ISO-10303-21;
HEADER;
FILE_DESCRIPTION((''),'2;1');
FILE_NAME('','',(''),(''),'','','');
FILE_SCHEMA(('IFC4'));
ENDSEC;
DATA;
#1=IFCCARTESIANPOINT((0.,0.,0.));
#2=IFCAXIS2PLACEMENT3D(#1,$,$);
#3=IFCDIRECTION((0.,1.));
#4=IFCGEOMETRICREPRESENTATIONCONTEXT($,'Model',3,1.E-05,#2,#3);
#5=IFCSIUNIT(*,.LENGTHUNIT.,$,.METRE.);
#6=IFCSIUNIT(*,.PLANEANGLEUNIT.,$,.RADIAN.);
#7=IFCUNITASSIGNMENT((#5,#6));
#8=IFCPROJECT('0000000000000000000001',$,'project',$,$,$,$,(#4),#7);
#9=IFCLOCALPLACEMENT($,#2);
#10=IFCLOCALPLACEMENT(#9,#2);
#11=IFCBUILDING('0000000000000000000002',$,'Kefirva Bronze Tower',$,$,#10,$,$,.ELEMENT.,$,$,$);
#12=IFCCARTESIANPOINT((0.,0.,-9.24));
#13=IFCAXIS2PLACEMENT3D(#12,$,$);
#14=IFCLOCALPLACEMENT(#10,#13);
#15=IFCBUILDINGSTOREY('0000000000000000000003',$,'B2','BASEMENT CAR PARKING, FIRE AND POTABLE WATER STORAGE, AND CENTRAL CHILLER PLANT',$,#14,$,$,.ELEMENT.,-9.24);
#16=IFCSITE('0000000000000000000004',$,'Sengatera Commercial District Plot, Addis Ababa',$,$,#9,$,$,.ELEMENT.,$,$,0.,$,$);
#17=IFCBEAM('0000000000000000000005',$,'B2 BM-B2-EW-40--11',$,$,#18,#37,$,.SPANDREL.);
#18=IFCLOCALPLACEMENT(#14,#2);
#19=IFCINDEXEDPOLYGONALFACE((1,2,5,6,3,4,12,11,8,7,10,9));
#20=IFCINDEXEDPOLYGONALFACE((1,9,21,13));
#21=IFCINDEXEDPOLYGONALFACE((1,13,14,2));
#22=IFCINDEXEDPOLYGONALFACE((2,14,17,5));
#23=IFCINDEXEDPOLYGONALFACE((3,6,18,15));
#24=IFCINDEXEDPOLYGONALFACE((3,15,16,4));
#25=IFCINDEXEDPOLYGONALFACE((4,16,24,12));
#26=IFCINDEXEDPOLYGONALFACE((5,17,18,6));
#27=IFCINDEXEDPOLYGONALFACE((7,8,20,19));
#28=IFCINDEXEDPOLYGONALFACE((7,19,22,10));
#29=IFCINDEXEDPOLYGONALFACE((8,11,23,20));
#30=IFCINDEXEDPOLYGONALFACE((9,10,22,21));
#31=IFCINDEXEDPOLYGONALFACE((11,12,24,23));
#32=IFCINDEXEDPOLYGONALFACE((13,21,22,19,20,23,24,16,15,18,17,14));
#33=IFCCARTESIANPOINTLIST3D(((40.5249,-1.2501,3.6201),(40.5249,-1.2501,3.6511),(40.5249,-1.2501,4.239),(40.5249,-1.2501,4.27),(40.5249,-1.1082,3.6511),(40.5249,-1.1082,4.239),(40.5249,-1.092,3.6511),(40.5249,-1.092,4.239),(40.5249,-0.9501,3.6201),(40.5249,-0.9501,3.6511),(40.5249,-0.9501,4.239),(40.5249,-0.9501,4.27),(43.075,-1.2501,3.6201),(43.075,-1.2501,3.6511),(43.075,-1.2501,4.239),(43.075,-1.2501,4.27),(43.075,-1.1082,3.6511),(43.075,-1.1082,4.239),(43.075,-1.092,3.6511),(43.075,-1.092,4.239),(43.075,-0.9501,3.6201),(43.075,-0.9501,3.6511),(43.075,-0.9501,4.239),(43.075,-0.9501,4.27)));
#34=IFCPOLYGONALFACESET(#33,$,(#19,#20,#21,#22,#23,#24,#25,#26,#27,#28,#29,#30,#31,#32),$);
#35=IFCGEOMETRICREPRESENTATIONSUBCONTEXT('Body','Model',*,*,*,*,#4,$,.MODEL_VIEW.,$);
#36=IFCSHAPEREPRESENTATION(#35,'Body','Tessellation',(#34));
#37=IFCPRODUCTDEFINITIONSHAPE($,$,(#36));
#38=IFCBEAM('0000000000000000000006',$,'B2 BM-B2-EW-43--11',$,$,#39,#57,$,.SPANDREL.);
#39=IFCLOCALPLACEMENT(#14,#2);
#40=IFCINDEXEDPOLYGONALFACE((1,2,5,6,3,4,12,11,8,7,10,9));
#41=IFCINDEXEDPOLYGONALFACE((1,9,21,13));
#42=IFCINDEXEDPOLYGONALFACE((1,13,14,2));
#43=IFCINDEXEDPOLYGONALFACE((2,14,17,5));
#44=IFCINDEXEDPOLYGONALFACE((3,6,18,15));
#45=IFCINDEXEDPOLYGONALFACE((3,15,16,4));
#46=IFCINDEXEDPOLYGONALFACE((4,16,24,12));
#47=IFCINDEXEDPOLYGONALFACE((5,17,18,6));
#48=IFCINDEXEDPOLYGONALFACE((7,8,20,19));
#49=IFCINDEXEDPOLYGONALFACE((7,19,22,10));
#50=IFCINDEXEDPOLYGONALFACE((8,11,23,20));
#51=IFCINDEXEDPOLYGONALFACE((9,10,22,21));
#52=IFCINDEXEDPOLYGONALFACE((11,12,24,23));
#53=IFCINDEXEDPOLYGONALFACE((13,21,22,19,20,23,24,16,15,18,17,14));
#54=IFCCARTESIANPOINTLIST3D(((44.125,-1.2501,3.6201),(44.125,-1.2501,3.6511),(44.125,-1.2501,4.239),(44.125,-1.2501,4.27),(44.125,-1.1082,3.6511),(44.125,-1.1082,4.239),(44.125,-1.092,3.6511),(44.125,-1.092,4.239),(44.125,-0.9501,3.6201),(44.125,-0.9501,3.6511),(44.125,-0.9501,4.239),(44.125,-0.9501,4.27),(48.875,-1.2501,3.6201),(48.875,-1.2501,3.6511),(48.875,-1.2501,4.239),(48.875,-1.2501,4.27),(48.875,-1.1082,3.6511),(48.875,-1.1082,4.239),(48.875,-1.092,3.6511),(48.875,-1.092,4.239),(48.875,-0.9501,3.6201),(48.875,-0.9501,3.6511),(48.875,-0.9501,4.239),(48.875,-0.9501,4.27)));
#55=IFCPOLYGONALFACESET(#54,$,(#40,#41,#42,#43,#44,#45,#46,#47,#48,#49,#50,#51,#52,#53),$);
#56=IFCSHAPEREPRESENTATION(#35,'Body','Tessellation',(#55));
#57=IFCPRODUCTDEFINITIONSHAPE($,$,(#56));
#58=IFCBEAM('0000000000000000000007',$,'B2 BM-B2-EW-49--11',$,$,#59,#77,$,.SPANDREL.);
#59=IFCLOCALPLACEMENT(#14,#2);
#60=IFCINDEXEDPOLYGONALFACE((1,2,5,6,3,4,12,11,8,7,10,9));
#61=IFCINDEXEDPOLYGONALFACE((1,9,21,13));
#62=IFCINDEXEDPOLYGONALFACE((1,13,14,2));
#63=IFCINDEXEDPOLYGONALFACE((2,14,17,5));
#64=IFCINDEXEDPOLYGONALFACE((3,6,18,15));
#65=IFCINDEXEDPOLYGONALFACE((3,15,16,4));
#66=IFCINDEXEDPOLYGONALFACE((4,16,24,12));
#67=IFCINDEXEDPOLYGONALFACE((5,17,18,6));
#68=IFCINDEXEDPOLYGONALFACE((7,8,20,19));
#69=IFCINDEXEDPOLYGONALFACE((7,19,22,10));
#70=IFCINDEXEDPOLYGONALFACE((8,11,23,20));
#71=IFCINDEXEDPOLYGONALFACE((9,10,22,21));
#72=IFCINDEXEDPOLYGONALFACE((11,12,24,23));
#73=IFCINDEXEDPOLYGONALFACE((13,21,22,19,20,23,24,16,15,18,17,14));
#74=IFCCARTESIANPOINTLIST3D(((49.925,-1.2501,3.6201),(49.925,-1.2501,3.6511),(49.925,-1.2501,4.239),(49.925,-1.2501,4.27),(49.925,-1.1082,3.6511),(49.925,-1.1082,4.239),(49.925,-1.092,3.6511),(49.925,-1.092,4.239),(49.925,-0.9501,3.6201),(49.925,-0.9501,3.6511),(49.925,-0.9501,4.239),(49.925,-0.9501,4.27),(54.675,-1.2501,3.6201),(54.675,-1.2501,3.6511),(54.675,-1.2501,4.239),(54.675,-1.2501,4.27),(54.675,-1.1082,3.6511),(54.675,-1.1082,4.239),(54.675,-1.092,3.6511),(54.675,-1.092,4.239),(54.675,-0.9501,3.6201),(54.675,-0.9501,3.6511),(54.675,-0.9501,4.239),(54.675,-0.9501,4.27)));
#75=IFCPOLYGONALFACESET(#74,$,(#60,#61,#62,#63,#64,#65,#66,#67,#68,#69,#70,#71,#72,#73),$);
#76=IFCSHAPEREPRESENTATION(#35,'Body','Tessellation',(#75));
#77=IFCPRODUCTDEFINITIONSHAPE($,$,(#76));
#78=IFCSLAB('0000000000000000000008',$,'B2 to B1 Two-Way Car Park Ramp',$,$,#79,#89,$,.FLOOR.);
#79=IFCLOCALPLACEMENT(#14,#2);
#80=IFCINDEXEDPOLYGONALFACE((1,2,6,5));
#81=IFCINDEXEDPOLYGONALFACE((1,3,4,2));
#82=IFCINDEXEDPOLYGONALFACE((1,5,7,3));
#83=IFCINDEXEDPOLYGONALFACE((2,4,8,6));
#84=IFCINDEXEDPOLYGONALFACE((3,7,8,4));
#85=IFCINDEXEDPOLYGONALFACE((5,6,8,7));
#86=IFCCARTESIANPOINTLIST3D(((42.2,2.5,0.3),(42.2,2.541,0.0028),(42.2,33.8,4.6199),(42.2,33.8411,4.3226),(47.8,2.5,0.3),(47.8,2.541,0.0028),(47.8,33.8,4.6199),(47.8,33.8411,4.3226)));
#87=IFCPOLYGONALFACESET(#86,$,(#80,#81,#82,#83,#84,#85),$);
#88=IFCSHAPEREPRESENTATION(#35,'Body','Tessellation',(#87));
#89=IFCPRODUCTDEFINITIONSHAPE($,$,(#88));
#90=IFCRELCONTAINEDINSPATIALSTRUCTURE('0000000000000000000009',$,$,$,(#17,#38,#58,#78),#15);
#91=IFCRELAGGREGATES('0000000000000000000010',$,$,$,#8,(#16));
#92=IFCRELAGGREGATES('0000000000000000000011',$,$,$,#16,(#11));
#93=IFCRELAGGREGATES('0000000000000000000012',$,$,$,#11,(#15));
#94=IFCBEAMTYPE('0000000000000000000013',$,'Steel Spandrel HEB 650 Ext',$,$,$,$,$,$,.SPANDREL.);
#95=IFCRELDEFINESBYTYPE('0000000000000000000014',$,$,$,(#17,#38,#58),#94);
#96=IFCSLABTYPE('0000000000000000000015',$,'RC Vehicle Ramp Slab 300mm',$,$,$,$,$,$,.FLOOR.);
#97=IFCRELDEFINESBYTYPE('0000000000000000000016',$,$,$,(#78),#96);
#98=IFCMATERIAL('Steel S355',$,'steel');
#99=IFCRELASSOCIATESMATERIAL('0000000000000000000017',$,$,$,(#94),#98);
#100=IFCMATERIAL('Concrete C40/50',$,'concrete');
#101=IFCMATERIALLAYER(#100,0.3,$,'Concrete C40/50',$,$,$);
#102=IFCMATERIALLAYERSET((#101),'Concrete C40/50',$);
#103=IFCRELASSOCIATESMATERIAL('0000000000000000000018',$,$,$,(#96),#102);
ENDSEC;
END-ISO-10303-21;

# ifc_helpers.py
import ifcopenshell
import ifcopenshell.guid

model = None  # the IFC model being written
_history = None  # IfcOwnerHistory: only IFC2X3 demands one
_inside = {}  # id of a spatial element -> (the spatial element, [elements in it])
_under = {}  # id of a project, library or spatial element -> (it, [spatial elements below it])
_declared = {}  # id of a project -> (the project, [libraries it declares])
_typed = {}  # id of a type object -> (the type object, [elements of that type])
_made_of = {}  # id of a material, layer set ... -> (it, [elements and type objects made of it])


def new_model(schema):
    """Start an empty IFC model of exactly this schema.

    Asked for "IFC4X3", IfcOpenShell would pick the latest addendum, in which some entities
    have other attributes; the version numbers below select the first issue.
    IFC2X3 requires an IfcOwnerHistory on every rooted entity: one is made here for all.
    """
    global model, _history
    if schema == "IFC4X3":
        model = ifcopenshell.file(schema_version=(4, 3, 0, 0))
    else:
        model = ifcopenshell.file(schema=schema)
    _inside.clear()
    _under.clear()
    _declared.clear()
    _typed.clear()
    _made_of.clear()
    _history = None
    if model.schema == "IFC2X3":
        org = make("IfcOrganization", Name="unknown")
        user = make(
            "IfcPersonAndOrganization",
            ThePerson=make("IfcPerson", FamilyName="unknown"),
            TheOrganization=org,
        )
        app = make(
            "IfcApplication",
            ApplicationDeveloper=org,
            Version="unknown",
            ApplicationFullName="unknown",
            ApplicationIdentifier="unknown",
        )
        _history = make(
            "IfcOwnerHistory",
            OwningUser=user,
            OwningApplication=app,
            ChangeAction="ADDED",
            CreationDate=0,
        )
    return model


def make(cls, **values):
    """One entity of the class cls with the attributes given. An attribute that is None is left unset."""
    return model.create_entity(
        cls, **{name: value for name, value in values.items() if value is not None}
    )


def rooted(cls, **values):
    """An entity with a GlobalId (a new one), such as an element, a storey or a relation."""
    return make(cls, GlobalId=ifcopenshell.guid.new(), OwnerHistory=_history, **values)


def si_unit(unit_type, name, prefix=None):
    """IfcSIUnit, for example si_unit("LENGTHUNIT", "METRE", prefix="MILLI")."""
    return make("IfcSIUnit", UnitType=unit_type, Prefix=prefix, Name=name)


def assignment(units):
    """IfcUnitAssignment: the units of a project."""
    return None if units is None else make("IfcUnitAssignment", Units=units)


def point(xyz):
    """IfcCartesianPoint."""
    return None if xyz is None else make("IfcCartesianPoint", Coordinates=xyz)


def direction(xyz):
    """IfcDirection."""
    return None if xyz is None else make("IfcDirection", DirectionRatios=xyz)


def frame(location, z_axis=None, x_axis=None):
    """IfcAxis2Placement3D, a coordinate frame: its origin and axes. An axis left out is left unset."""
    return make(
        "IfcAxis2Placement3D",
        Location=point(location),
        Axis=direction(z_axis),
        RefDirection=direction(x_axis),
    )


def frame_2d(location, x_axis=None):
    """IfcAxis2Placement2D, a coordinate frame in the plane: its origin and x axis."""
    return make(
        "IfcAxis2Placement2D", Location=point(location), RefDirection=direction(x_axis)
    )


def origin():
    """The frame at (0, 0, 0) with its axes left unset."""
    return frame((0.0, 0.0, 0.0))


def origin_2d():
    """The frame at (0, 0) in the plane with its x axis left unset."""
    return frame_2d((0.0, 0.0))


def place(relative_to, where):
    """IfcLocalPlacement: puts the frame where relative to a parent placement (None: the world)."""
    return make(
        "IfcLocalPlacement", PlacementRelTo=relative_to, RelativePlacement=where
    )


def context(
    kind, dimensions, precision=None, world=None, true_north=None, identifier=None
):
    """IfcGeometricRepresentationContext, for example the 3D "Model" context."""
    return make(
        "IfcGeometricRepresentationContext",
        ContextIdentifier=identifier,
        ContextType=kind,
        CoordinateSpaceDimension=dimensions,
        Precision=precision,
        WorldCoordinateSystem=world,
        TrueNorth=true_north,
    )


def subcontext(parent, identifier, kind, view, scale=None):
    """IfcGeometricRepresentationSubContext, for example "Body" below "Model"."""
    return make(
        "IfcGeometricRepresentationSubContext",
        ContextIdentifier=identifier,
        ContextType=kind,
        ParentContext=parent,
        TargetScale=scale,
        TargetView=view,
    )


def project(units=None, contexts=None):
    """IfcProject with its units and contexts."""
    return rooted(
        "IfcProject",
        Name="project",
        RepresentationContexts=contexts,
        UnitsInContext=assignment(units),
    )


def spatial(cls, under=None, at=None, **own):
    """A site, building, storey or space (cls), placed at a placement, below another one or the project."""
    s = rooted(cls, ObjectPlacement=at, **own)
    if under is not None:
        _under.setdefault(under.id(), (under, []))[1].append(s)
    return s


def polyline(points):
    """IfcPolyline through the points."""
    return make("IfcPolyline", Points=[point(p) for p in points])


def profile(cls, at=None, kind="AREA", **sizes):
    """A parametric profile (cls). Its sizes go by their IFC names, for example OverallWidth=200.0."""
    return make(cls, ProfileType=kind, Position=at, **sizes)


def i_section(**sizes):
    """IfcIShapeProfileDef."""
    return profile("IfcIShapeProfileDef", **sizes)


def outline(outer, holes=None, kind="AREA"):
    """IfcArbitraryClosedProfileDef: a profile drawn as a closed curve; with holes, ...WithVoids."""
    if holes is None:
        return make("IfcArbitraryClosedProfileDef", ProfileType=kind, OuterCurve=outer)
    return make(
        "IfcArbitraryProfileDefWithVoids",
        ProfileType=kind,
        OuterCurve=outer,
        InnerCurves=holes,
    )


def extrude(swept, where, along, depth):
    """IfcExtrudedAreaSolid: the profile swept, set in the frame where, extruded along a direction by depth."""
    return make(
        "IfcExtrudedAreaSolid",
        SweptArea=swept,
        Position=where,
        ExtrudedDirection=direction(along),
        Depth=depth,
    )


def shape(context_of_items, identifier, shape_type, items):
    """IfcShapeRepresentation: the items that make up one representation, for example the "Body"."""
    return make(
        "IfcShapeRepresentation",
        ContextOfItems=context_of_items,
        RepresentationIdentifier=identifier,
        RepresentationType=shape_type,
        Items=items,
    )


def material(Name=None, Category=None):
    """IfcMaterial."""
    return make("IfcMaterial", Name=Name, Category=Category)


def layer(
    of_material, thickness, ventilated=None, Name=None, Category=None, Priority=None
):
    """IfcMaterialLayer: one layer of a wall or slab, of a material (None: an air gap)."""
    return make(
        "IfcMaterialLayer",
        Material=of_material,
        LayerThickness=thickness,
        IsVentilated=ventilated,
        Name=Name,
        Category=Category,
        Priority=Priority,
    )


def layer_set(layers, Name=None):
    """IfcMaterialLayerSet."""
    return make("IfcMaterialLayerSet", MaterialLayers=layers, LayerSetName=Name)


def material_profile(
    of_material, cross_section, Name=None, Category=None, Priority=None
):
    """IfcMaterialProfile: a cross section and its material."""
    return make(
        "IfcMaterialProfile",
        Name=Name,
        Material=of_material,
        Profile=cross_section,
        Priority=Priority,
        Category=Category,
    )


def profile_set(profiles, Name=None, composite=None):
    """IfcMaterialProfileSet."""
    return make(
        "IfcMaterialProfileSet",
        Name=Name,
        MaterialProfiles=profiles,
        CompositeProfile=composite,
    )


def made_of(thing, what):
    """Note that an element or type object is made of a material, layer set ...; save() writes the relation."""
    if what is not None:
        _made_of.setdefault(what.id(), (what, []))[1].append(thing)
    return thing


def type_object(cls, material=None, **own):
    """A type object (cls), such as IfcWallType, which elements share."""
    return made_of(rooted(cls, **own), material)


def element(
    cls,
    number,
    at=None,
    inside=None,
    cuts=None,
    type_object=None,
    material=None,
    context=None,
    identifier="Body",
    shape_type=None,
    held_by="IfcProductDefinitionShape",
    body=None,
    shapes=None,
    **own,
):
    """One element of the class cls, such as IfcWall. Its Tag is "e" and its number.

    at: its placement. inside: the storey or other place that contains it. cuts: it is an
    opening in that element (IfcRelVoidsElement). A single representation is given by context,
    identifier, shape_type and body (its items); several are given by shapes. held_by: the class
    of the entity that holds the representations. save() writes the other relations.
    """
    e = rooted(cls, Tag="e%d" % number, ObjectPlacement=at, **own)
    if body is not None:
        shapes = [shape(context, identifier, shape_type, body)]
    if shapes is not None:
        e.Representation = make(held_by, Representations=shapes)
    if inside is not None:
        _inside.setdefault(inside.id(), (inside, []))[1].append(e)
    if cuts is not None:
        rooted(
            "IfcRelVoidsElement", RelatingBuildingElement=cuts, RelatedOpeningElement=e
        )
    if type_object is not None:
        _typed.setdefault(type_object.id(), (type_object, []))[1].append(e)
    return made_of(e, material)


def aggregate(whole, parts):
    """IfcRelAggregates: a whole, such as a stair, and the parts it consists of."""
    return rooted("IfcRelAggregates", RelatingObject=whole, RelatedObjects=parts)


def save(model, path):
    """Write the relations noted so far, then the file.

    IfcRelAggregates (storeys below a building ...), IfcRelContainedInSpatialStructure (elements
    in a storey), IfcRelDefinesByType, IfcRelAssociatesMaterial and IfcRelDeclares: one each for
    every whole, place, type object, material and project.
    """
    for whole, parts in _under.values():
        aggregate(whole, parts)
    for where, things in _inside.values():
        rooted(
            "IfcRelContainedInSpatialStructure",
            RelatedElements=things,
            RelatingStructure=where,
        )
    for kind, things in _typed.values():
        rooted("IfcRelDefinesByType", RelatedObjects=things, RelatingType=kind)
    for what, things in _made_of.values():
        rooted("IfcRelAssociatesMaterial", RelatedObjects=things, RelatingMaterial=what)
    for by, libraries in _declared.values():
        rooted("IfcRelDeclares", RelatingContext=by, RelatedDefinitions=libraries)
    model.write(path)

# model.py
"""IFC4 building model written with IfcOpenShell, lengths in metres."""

from ifc_helpers import new_model, si_unit, direction, frame, origin, origin_2d, place, context, subcontext, project, spatial, polyline, i_section, outline, extrude, material, layer, layer_set, material_profile, profile_set, type_object, element, save


model = new_model("IFC4")

# Units and contexts
model_context = context("Model", 3, precision=1e-05, world=origin(), true_north=direction((0.0, 1.0)))
body_context = subcontext(model_context, "Body", "Model", "MODEL_VIEW")
ifc_project = project(units=[si_unit("LENGTHUNIT", "METRE"), si_unit("PLANEANGLEUNIT", "RADIAN")], contexts=[model_context])

# Site, building, storey
site_placement = place(None, origin())
site = spatial("IfcSite", under=ifc_project, at=site_placement, Name="Sengatera Commercial District Plot, Addis Ababa", CompositionType="ELEMENT", RefElevation=0.0)
building_placement = place(site_placement, origin())
building = spatial("IfcBuilding", under=site, at=building_placement, Name="Kefirva Bronze Tower", CompositionType="ELEMENT")
storey_placement = place(building_placement, frame((0.0, 0.0, -9.24)))
storey = spatial("IfcBuildingStorey", under=building, at=storey_placement, Name="B2", Description="BASEMENT CAR PARKING, FIRE AND POTABLE WATER STORAGE, AND CENTRAL CHILLER PLANT", CompositionType="ELEMENT", Elevation=-9.24)

# Beams
ifc_material_1 = material(Name="Steel S355", Category="steel")
ifc_material_profile_1 = material_profile(ifc_material_1, i_section(OverallWidth=0.3, OverallDepth=0.6499, WebThickness=0.0161, FlangeThickness=0.031, at=origin_2d()), Name="HEB 650")
ifc_profile_set_1 = profile_set([ifc_material_profile_1], Name="Steel S355")
beam_type_1 = type_object("IfcBeamType", Name="Steel Spandrel HEB 650 Ext", PredefinedType="SPANDREL", material=ifc_profile_set_1)
beam_1_placement = place(storey_placement, frame((40.5249, -1.1001, 3.9451), z_axis=(1.0, 0.0, 0.0), x_axis=(0.0, 1.0, 0.0)))
element("IfcBeam", 1, at=beam_1_placement, inside=storey, type_object=beam_type_1, Name="B2 BM-B2-EW-40--11", PredefinedType="SPANDREL", context=body_context, shape_type="SweptSolid", body=[
    extrude(i_section(OverallWidth=0.3, OverallDepth=0.6499, WebThickness=0.0161, FlangeThickness=0.031, at=origin_2d()), origin(), (0.0, 0.0, 1.0), 2.55),
])
for number, where, z_axis, x_axis, name in (
    (2, (44.125, -1.1001, 3.9451), (1.0, 0.0, 0.0), (0.0, 1.0, 0.0), "B2 BM-B2-EW-43--11"),
    (3, (49.925, -1.1001, 3.9451), (1.0, 0.0, 0.0), (0.0, 1.0, 0.0), "B2 BM-B2-EW-49--11"),
):
    element("IfcBeam", number, at=place(storey_placement, frame(where, z_axis=z_axis, x_axis=x_axis)), inside=storey, type_object=beam_type_1, Name=name, PredefinedType="SPANDREL", context=body_context, shape_type="SweptSolid", body=[
        extrude(i_section(OverallWidth=0.3, OverallDepth=0.6499, WebThickness=0.0161, FlangeThickness=0.031, at=origin_2d()), origin(), (0.0, 0.0, 1.0), 4.75),
    ])

# Slab
ifc_material_2 = material(Name="Concrete C40/50", Category="concrete")
ifc_layer = layer(ifc_material_2, 0.3, Name="Concrete C40/50")
ifc_layer_set = layer_set([ifc_layer], Name="Concrete C40/50")
slab_type = type_object("IfcSlabType", Name="RC Vehicle Ramp Slab 300mm", PredefinedType="FLOOR", material=ifc_layer_set)
slab_placement = place(storey_placement, frame((42.2, 2.5, 0.3), z_axis=(0.0, -0.136717, 0.99061), x_axis=(1.0, 0.0, 0.0)))
element("IfcSlab", 4, at=slab_placement, inside=storey, type_object=slab_type, Name="B2 to B1 Two-Way Car Park Ramp", PredefinedType="FLOOR", context=body_context, shape_type="SweptSolid", body=[
    extrude(outline(polyline([(0.0, 0.0), (5.6001, 0.0), (5.6001, 31.5967), (0.0, 31.5967), (0.0, 0.0)])), origin(), (0.0, 0.0, -1.0), 0.3),
])

save(model, "model.ifc")
